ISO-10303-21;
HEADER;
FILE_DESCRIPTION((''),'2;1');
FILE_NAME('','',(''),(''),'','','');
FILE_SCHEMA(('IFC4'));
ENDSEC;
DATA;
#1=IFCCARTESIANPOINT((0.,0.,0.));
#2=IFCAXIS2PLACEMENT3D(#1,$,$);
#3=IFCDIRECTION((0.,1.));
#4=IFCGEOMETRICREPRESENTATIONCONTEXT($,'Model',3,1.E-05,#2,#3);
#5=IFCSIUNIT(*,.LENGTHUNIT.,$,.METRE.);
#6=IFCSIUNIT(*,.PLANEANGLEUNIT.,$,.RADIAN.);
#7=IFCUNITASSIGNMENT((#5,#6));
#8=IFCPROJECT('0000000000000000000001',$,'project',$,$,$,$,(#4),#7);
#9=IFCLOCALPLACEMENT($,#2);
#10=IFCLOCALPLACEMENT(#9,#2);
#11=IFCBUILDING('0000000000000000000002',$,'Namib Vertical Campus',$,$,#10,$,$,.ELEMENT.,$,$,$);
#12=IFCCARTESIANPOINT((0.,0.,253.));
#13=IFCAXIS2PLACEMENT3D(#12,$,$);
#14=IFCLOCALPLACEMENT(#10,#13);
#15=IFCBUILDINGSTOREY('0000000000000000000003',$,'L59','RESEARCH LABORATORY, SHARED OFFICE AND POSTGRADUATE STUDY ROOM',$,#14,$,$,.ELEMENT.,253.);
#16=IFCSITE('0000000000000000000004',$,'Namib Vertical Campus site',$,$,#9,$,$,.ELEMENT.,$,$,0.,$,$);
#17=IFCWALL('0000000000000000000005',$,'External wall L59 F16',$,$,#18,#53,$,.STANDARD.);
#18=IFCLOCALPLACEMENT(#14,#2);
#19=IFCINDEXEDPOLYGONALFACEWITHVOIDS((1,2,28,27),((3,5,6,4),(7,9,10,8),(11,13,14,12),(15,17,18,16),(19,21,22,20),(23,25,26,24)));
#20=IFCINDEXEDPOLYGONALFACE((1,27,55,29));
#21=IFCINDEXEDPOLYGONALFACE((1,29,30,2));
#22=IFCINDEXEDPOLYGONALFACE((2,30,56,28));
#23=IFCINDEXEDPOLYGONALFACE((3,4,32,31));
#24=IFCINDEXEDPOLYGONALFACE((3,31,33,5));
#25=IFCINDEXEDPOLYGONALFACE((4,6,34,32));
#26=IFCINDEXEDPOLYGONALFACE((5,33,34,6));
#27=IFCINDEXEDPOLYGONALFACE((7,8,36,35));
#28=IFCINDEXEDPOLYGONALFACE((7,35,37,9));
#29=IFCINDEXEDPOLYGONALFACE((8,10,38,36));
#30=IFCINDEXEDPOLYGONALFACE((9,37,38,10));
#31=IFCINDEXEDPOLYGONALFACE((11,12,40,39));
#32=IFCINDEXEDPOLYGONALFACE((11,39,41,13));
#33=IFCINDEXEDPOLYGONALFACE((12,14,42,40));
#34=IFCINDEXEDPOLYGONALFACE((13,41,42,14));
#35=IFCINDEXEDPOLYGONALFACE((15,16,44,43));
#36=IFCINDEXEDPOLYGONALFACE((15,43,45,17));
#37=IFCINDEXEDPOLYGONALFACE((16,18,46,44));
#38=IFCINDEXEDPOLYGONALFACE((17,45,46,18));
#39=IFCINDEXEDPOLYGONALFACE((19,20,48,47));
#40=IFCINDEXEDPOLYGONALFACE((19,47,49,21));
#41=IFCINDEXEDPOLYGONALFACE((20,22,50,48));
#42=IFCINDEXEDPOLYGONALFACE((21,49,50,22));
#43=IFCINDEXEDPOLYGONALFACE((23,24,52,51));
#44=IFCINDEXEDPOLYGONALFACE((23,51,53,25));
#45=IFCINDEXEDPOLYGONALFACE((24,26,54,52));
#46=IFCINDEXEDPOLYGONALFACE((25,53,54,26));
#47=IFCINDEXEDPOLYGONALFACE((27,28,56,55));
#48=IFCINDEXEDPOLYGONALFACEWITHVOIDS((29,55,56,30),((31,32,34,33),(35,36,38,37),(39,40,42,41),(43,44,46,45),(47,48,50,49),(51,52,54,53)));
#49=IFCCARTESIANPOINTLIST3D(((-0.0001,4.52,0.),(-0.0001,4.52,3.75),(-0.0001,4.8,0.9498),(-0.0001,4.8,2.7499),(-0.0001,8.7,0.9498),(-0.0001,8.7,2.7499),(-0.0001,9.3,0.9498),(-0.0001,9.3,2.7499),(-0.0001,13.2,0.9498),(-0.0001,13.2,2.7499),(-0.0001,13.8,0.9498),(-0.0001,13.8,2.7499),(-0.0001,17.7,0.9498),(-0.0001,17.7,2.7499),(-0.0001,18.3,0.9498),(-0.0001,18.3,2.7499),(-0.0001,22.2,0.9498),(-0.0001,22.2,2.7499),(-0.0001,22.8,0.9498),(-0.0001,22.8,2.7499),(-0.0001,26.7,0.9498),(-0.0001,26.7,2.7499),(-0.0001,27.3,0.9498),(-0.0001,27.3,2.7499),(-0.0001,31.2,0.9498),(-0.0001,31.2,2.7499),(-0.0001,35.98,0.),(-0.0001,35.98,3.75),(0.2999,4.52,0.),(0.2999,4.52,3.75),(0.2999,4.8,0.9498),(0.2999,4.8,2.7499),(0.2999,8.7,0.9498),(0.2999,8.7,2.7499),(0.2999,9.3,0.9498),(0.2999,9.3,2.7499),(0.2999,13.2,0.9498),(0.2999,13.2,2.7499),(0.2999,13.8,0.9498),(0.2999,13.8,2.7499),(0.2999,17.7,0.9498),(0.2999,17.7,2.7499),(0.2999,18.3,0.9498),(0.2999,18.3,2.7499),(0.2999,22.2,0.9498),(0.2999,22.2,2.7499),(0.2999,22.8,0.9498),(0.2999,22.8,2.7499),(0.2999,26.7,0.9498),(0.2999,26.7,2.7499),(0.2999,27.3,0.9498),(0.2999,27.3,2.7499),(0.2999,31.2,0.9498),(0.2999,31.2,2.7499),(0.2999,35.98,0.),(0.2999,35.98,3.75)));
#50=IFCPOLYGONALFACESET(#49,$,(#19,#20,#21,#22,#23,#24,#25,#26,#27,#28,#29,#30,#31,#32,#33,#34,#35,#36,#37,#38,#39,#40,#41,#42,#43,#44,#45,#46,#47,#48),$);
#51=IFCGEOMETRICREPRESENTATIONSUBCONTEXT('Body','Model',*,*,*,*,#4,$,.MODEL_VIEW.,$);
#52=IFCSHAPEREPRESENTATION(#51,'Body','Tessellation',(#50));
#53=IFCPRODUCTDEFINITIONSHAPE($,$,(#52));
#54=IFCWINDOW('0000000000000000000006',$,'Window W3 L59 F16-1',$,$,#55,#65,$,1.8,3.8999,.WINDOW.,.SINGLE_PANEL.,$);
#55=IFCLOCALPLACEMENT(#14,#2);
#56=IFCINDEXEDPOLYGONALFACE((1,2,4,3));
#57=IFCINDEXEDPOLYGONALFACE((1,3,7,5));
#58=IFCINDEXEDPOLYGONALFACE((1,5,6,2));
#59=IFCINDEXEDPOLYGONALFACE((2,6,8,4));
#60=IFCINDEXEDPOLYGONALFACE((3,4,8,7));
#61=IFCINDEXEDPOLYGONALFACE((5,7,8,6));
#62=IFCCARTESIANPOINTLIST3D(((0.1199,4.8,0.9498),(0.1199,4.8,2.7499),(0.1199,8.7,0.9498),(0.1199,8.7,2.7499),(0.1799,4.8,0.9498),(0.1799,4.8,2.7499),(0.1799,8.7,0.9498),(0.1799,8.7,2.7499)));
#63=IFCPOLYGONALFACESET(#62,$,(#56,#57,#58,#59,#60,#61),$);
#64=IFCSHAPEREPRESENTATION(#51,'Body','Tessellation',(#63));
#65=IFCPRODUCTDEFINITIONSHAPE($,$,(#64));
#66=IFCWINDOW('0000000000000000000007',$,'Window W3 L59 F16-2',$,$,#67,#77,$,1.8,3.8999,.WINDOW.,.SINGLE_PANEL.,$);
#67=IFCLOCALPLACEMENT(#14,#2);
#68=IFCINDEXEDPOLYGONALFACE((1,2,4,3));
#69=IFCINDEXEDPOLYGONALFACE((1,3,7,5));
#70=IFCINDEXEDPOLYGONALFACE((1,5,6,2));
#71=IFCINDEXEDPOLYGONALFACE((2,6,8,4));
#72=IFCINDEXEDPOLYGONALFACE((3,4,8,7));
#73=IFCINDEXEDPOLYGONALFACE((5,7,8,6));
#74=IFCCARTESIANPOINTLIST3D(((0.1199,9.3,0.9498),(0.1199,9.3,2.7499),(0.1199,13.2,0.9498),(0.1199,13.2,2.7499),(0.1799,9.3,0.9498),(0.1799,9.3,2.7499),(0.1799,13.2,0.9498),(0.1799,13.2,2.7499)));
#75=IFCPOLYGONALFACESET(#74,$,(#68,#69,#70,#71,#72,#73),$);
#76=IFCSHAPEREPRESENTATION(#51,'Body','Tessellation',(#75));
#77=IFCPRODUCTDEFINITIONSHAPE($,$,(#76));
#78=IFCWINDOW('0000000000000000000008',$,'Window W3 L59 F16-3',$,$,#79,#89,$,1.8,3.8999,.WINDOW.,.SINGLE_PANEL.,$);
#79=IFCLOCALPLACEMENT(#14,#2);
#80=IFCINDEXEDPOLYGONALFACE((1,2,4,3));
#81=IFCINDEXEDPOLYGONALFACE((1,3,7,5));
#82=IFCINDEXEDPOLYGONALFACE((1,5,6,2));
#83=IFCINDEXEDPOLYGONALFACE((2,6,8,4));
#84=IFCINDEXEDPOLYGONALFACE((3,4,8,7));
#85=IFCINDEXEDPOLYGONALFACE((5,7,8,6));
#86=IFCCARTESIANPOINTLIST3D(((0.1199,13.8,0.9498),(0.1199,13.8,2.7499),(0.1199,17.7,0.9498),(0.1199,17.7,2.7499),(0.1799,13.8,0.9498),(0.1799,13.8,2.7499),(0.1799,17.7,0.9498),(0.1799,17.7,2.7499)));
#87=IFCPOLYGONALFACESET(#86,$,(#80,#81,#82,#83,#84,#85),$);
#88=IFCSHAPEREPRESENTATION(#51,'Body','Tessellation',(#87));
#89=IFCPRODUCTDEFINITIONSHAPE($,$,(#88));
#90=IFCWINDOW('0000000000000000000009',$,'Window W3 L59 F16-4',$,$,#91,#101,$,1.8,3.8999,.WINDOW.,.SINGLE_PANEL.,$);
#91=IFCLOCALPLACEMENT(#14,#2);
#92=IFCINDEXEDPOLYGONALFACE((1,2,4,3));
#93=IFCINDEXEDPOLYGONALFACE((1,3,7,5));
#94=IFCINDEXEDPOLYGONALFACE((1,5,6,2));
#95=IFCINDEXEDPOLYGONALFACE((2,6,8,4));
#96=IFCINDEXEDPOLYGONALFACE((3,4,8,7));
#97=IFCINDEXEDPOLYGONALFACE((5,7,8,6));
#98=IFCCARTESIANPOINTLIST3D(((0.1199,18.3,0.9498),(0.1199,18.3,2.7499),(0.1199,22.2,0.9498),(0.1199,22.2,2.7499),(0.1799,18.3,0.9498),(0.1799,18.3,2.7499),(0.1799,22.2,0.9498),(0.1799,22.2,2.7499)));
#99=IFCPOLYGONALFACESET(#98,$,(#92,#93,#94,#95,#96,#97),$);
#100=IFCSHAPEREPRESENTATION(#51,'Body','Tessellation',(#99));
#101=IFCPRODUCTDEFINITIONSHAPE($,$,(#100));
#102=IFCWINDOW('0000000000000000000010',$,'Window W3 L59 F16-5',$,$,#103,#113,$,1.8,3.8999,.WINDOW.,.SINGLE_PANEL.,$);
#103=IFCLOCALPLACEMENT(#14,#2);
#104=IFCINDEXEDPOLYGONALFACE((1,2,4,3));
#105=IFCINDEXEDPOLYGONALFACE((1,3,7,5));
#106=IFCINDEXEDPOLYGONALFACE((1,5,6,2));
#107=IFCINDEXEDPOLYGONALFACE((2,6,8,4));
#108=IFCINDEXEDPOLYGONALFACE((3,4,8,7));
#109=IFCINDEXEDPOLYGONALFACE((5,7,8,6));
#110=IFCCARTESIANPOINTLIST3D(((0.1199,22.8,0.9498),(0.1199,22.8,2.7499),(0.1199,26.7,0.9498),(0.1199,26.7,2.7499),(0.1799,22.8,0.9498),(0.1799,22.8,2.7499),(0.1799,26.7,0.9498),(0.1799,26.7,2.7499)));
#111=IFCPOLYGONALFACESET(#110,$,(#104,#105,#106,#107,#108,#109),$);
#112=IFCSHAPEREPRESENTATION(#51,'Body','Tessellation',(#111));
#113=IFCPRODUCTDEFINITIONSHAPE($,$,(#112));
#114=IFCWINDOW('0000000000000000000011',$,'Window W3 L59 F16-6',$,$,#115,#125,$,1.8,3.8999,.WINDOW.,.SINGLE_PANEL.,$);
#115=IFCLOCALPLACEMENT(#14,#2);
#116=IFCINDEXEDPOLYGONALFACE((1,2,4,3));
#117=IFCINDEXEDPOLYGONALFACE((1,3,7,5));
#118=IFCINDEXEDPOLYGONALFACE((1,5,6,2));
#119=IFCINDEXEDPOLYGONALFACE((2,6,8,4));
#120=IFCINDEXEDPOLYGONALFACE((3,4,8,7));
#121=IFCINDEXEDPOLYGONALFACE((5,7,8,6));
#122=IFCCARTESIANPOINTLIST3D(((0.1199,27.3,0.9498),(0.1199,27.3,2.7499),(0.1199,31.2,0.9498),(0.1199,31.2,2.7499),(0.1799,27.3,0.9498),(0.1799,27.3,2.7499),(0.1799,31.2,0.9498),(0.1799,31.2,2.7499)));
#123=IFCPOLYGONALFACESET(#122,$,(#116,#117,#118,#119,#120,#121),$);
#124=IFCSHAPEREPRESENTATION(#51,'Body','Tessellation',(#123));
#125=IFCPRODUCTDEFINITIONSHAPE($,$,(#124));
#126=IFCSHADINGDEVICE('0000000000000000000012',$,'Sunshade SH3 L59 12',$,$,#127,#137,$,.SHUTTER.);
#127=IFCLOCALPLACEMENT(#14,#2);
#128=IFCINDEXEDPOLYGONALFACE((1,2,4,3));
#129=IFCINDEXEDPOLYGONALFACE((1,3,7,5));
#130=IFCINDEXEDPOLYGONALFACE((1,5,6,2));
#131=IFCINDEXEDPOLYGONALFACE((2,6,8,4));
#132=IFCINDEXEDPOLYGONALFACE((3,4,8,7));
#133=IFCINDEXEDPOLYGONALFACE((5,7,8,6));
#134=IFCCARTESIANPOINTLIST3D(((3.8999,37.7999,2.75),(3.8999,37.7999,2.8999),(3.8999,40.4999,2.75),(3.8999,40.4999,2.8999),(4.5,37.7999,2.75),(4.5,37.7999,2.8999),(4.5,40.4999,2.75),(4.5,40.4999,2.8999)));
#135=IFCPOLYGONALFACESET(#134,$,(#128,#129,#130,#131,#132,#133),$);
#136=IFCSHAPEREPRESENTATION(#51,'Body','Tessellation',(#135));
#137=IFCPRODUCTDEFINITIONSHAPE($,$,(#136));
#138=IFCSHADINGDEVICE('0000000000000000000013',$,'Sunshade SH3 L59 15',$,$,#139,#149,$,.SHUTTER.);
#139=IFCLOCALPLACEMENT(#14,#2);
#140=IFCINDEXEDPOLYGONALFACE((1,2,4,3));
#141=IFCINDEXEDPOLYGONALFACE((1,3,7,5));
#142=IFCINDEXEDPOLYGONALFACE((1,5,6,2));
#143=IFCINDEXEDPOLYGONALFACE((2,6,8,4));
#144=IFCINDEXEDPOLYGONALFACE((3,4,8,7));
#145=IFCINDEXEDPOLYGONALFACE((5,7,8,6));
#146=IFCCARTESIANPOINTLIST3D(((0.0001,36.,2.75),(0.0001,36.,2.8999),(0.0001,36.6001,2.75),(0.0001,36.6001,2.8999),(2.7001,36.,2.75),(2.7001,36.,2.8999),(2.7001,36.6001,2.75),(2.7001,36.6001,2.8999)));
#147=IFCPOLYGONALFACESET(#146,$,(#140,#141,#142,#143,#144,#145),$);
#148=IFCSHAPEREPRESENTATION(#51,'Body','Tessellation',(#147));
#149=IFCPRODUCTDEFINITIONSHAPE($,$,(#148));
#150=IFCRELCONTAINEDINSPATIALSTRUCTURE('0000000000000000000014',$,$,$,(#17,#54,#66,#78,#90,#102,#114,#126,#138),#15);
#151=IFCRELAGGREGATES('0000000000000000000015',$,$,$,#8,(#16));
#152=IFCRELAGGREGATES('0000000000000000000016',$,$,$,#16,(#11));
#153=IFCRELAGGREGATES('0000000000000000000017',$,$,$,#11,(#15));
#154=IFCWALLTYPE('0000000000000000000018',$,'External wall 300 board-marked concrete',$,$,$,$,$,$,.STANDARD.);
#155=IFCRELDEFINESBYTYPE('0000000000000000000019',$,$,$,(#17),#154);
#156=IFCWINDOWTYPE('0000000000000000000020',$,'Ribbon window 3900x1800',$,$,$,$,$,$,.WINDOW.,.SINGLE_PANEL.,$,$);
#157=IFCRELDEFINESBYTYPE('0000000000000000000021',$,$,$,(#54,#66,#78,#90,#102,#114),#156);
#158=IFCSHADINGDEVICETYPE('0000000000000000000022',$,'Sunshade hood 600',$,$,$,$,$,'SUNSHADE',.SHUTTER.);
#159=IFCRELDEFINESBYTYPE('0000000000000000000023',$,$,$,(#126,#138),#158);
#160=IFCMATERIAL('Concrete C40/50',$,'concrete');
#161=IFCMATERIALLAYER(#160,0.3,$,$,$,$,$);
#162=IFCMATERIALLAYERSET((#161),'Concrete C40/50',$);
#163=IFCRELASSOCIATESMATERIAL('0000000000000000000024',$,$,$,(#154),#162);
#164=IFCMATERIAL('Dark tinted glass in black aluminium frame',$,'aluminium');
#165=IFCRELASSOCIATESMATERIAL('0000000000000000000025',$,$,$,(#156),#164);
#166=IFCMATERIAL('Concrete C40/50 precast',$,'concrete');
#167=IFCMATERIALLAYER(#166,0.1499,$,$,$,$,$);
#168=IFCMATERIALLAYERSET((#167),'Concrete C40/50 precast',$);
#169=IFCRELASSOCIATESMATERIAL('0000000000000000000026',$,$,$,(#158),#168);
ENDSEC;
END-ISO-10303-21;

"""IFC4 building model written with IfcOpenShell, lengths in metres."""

from ifc_helpers import new_model, si_unit, direction, frame, frame_2d, origin, origin_2d, place, context, subcontext, project, spatial, rectangle, extrude, material, layer, layer_set, type_object, element, fill, save


model = new_model("IFC4")

# Units and contexts
model_context = context("Model", 3, precision=1e-05, world=origin(), true_north=direction((0.0, 1.0)))
body_context = subcontext(model_context, "Body", "Model", "MODEL_VIEW")
ifc_project = project(units=[si_unit("LENGTHUNIT", "METRE"), si_unit("PLANEANGLEUNIT", "RADIAN")], contexts=[model_context])

# Site, building, storey
site_placement = place(None, origin())
site = spatial("IfcSite", under=ifc_project, at=site_placement, Name="Namib Vertical Campus site", CompositionType="ELEMENT", RefElevation=0.0)
building_placement = place(site_placement, origin())
building = spatial("IfcBuilding", under=site, at=building_placement, Name="Namib Vertical Campus", CompositionType="ELEMENT")
storey_placement = place(building_placement, frame((0.0, 0.0, 253.0)))
storey = spatial("IfcBuildingStorey", under=building, at=storey_placement, Name="L59", Description="RESEARCH LABORATORY, SHARED OFFICE AND POSTGRADUATE STUDY ROOM", CompositionType="ELEMENT", Elevation=253.0)

# Shared definitions
ifc_material_1 = material(Name="Concrete C40/50", Category="concrete")
ifc_layer_1 = layer(ifc_material_1, 0.3)
ifc_layer_set_1 = layer_set([ifc_layer_1], Name="Concrete C40/50")
wall_type_1 = type_object("IfcWallType", Name="External wall 300 board-marked concrete", PredefinedType="STANDARD", material=ifc_layer_set_1)

# Wall, openings, windows
wall_1_placement = place(storey_placement, frame((0.1499, 35.98, 0.0), z_axis=(0.0, 0.0, 1.0), x_axis=(0.0, -1.0, 0.0)))
wall_1 = element("IfcWall", 1, at=wall_1_placement, inside=storey, type_object=wall_type_1, Name="External wall L59 F16", PredefinedType="STANDARD", context=body_context, shape_type="SweptSolid", body=[
    extrude(rectangle(XDim=31.46, YDim=0.3, at=frame_2d((15.73, 0.0))), origin(), (0.0, 0.0, 1.0), 3.75),
])
opening_1_placement = place(wall_1_placement, frame((27.28, 0.0, 0.95)))
opening_1 = element("IfcOpeningElement", 2, at=opening_1_placement, cuts=wall_1, PredefinedType="OPENING", context=body_context, shape_type="SweptSolid", body=[
    extrude(rectangle(XDim=3.8999, YDim=1.8, at=frame_2d((1.95, 0.8999))), frame((0.0, 0.1599, 0.0), z_axis=(0.0, -1.0, 0.0), x_axis=(1.0, 0.0, 0.0)), (0.0, 0.0, 1.0), 0.3201),
])
opening_2_placement = place(wall_1_placement, frame((22.78, 0.0, 0.95)))
opening_2 = element("IfcOpeningElement", 3, at=opening_2_placement, cuts=wall_1, PredefinedType="OPENING", context=body_context, shape_type="SweptSolid", body=[
    extrude(rectangle(XDim=3.8999, YDim=1.8, at=frame_2d((1.95, 0.8999))), frame((0.0, 0.1599, 0.0), z_axis=(0.0, -1.0, 0.0), x_axis=(1.0, 0.0, 0.0)), (0.0, 0.0, 1.0), 0.3201),
])
opening_3_placement = place(wall_1_placement, frame((18.28, 0.0, 0.95)))
opening_3 = element("IfcOpeningElement", 4, at=opening_3_placement, cuts=wall_1, PredefinedType="OPENING", context=body_context, shape_type="SweptSolid", body=[
    extrude(rectangle(XDim=3.8999, YDim=1.8, at=frame_2d((1.95, 0.8999))), frame((0.0, 0.1599, 0.0), z_axis=(0.0, -1.0, 0.0), x_axis=(1.0, 0.0, 0.0)), (0.0, 0.0, 1.0), 0.3201),
])
opening_4_placement = place(wall_1_placement, frame((13.78, 0.0, 0.95)))
opening_4 = element("IfcOpeningElement", 5, at=opening_4_placement, cuts=wall_1, PredefinedType="OPENING", context=body_context, shape_type="SweptSolid", body=[
    extrude(rectangle(XDim=3.8999, YDim=1.8, at=frame_2d((1.95, 0.8999))), frame((0.0, 0.1599, 0.0), z_axis=(0.0, -1.0, 0.0), x_axis=(1.0, 0.0, 0.0)), (0.0, 0.0, 1.0), 0.3201),
])
opening_5_placement = place(wall_1_placement, frame((9.28, 0.0, 0.95)))
opening_5 = element("IfcOpeningElement", 6, at=opening_5_placement, cuts=wall_1, PredefinedType="OPENING", context=body_context, shape_type="SweptSolid", body=[
    extrude(rectangle(XDim=3.8999, YDim=1.8, at=frame_2d((1.95, 0.8999))), frame((0.0, 0.1599, 0.0), z_axis=(0.0, -1.0, 0.0), x_axis=(1.0, 0.0, 0.0)), (0.0, 0.0, 1.0), 0.3201),
])
opening_6_placement = place(wall_1_placement, frame((4.78, 0.0, 0.95)))
opening_6 = element("IfcOpeningElement", 7, at=opening_6_placement, cuts=wall_1, PredefinedType="OPENING", context=body_context, shape_type="SweptSolid", body=[
    extrude(rectangle(XDim=3.8999, YDim=1.8, at=frame_2d((1.95, 0.8999))), frame((0.0, 0.1599, 0.0), z_axis=(0.0, -1.0, 0.0), x_axis=(1.0, 0.0, 0.0)), (0.0, 0.0, 1.0), 0.3201),
])
ifc_material_2 = material(Name="Dark tinted glass in black aluminium frame", Category="aluminium")
window_type = type_object("IfcWindowType", Name="Ribbon window 3900x1800", PartitioningType="SINGLE_PANEL", PredefinedType="WINDOW", material=ifc_material_2)
window_1_placement = place(opening_1_placement, origin())
window_1 = element("IfcWindow", 8, at=window_1_placement, inside=storey, type_object=window_type, Name="Window W3 L59 F16-1", OverallHeight=1.8, OverallWidth=3.8999, PartitioningType="SINGLE_PANEL", PredefinedType="WINDOW", context=body_context, shape_type="SweptSolid", body=[
    extrude(rectangle(XDim=3.8999, YDim=1.8, at=frame_2d((1.95, 0.8999))), frame((0.0, 0.03, 0.0), z_axis=(0.0, -1.0, 0.0), x_axis=(1.0, 0.0, 0.0)), (0.0, 0.0, 1.0), 0.0601),
])
fill(opening_1, window_1)
window_2_placement = place(opening_2_placement, origin())
window_2 = element("IfcWindow", 9, at=window_2_placement, inside=storey, type_object=window_type, Name="Window W3 L59 F16-2", OverallHeight=1.8, OverallWidth=3.8999, PartitioningType="SINGLE_PANEL", PredefinedType="WINDOW", context=body_context, shape_type="SweptSolid", body=[
    extrude(rectangle(XDim=3.8999, YDim=1.8, at=frame_2d((1.95, 0.8999))), frame((0.0, 0.03, 0.0), z_axis=(0.0, -1.0, 0.0), x_axis=(1.0, 0.0, 0.0)), (0.0, 0.0, 1.0), 0.0601),
])
fill(opening_2, window_2)
window_3_placement = place(opening_3_placement, origin())
window_3 = element("IfcWindow", 10, at=window_3_placement, inside=storey, type_object=window_type, Name="Window W3 L59 F16-3", OverallHeight=1.8, OverallWidth=3.8999, PartitioningType="SINGLE_PANEL", PredefinedType="WINDOW", context=body_context, shape_type="SweptSolid", body=[
    extrude(rectangle(XDim=3.8999, YDim=1.8, at=frame_2d((1.95, 0.8999))), frame((0.0, 0.03, 0.0), z_axis=(0.0, -1.0, 0.0), x_axis=(1.0, 0.0, 0.0)), (0.0, 0.0, 1.0), 0.0601),
])
fill(opening_3, window_3)
window_4_placement = place(opening_4_placement, origin())
window_4 = element("IfcWindow", 11, at=window_4_placement, inside=storey, type_object=window_type, Name="Window W3 L59 F16-4", OverallHeight=1.8, OverallWidth=3.8999, PartitioningType="SINGLE_PANEL", PredefinedType="WINDOW", context=body_context, shape_type="SweptSolid", body=[
    extrude(rectangle(XDim=3.8999, YDim=1.8, at=frame_2d((1.95, 0.8999))), frame((0.0, 0.03, 0.0), z_axis=(0.0, -1.0, 0.0), x_axis=(1.0, 0.0, 0.0)), (0.0, 0.0, 1.0), 0.0601),
])
fill(opening_4, window_4)
window_5_placement = place(opening_5_placement, origin())
window_5 = element("IfcWindow", 12, at=window_5_placement, inside=storey, type_object=window_type, Name="Window W3 L59 F16-5", OverallHeight=1.8, OverallWidth=3.8999, PartitioningType="SINGLE_PANEL", PredefinedType="WINDOW", context=body_context, shape_type="SweptSolid", body=[
    extrude(rectangle(XDim=3.8999, YDim=1.8, at=frame_2d((1.95, 0.8999))), frame((0.0, 0.03, 0.0), z_axis=(0.0, -1.0, 0.0), x_axis=(1.0, 0.0, 0.0)), (0.0, 0.0, 1.0), 0.0601),
])
fill(opening_5, window_5)
window_6_placement = place(opening_6_placement, origin())
window_6 = element("IfcWindow", 13, at=window_6_placement, inside=storey, type_object=window_type, Name="Window W3 L59 F16-6", OverallHeight=1.8, OverallWidth=3.8999, PartitioningType="SINGLE_PANEL", PredefinedType="WINDOW", context=body_context, shape_type="SweptSolid", body=[
    extrude(rectangle(XDim=3.8999, YDim=1.8, at=frame_2d((1.95, 0.8999))), frame((0.0, 0.03, 0.0), z_axis=(0.0, -1.0, 0.0), x_axis=(1.0, 0.0, 0.0)), (0.0, 0.0, 1.0), 0.0601),
])
fill(opening_6, window_6)

# Shading devices
ifc_material_3 = material(Name="Concrete C40/50 precast", Category="concrete")
ifc_layer_2 = layer(ifc_material_3, 0.1499)
ifc_layer_set_2 = layer_set([ifc_layer_2], Name="Concrete C40/50 precast")
shading_device_type = type_object("IfcShadingDeviceType", Name="Sunshade hood 600", ElementType="SUNSHADE", PredefinedType="SHUTTER", material=ifc_layer_set_2)
for number, where, z_axis, x_axis, name in (
    (14, (4.2, 39.1499, 2.75), (0.0, 0.0, 1.0), (0.0, -1.0, 0.0), "Sunshade SH3 L59 12"),
    (15, (1.3501, 36.3, 2.75), (0.0, 0.0, 1.0), (-1.0, 0.0, 0.0), "Sunshade SH3 L59 15"),
):
    element("IfcShadingDevice", number, at=place(storey_placement, frame(where, z_axis=z_axis, x_axis=x_axis)), inside=storey, type_object=shading_device_type, Name=name, PredefinedType="SHUTTER", context=body_context, shape_type="SweptSolid", body=[
        extrude(rectangle(XDim=2.7, YDim=0.6001, at=origin_2d()), origin(), (0.0, 0.0, 1.0), 0.1499),
    ])

save(model, "model.ifc")
